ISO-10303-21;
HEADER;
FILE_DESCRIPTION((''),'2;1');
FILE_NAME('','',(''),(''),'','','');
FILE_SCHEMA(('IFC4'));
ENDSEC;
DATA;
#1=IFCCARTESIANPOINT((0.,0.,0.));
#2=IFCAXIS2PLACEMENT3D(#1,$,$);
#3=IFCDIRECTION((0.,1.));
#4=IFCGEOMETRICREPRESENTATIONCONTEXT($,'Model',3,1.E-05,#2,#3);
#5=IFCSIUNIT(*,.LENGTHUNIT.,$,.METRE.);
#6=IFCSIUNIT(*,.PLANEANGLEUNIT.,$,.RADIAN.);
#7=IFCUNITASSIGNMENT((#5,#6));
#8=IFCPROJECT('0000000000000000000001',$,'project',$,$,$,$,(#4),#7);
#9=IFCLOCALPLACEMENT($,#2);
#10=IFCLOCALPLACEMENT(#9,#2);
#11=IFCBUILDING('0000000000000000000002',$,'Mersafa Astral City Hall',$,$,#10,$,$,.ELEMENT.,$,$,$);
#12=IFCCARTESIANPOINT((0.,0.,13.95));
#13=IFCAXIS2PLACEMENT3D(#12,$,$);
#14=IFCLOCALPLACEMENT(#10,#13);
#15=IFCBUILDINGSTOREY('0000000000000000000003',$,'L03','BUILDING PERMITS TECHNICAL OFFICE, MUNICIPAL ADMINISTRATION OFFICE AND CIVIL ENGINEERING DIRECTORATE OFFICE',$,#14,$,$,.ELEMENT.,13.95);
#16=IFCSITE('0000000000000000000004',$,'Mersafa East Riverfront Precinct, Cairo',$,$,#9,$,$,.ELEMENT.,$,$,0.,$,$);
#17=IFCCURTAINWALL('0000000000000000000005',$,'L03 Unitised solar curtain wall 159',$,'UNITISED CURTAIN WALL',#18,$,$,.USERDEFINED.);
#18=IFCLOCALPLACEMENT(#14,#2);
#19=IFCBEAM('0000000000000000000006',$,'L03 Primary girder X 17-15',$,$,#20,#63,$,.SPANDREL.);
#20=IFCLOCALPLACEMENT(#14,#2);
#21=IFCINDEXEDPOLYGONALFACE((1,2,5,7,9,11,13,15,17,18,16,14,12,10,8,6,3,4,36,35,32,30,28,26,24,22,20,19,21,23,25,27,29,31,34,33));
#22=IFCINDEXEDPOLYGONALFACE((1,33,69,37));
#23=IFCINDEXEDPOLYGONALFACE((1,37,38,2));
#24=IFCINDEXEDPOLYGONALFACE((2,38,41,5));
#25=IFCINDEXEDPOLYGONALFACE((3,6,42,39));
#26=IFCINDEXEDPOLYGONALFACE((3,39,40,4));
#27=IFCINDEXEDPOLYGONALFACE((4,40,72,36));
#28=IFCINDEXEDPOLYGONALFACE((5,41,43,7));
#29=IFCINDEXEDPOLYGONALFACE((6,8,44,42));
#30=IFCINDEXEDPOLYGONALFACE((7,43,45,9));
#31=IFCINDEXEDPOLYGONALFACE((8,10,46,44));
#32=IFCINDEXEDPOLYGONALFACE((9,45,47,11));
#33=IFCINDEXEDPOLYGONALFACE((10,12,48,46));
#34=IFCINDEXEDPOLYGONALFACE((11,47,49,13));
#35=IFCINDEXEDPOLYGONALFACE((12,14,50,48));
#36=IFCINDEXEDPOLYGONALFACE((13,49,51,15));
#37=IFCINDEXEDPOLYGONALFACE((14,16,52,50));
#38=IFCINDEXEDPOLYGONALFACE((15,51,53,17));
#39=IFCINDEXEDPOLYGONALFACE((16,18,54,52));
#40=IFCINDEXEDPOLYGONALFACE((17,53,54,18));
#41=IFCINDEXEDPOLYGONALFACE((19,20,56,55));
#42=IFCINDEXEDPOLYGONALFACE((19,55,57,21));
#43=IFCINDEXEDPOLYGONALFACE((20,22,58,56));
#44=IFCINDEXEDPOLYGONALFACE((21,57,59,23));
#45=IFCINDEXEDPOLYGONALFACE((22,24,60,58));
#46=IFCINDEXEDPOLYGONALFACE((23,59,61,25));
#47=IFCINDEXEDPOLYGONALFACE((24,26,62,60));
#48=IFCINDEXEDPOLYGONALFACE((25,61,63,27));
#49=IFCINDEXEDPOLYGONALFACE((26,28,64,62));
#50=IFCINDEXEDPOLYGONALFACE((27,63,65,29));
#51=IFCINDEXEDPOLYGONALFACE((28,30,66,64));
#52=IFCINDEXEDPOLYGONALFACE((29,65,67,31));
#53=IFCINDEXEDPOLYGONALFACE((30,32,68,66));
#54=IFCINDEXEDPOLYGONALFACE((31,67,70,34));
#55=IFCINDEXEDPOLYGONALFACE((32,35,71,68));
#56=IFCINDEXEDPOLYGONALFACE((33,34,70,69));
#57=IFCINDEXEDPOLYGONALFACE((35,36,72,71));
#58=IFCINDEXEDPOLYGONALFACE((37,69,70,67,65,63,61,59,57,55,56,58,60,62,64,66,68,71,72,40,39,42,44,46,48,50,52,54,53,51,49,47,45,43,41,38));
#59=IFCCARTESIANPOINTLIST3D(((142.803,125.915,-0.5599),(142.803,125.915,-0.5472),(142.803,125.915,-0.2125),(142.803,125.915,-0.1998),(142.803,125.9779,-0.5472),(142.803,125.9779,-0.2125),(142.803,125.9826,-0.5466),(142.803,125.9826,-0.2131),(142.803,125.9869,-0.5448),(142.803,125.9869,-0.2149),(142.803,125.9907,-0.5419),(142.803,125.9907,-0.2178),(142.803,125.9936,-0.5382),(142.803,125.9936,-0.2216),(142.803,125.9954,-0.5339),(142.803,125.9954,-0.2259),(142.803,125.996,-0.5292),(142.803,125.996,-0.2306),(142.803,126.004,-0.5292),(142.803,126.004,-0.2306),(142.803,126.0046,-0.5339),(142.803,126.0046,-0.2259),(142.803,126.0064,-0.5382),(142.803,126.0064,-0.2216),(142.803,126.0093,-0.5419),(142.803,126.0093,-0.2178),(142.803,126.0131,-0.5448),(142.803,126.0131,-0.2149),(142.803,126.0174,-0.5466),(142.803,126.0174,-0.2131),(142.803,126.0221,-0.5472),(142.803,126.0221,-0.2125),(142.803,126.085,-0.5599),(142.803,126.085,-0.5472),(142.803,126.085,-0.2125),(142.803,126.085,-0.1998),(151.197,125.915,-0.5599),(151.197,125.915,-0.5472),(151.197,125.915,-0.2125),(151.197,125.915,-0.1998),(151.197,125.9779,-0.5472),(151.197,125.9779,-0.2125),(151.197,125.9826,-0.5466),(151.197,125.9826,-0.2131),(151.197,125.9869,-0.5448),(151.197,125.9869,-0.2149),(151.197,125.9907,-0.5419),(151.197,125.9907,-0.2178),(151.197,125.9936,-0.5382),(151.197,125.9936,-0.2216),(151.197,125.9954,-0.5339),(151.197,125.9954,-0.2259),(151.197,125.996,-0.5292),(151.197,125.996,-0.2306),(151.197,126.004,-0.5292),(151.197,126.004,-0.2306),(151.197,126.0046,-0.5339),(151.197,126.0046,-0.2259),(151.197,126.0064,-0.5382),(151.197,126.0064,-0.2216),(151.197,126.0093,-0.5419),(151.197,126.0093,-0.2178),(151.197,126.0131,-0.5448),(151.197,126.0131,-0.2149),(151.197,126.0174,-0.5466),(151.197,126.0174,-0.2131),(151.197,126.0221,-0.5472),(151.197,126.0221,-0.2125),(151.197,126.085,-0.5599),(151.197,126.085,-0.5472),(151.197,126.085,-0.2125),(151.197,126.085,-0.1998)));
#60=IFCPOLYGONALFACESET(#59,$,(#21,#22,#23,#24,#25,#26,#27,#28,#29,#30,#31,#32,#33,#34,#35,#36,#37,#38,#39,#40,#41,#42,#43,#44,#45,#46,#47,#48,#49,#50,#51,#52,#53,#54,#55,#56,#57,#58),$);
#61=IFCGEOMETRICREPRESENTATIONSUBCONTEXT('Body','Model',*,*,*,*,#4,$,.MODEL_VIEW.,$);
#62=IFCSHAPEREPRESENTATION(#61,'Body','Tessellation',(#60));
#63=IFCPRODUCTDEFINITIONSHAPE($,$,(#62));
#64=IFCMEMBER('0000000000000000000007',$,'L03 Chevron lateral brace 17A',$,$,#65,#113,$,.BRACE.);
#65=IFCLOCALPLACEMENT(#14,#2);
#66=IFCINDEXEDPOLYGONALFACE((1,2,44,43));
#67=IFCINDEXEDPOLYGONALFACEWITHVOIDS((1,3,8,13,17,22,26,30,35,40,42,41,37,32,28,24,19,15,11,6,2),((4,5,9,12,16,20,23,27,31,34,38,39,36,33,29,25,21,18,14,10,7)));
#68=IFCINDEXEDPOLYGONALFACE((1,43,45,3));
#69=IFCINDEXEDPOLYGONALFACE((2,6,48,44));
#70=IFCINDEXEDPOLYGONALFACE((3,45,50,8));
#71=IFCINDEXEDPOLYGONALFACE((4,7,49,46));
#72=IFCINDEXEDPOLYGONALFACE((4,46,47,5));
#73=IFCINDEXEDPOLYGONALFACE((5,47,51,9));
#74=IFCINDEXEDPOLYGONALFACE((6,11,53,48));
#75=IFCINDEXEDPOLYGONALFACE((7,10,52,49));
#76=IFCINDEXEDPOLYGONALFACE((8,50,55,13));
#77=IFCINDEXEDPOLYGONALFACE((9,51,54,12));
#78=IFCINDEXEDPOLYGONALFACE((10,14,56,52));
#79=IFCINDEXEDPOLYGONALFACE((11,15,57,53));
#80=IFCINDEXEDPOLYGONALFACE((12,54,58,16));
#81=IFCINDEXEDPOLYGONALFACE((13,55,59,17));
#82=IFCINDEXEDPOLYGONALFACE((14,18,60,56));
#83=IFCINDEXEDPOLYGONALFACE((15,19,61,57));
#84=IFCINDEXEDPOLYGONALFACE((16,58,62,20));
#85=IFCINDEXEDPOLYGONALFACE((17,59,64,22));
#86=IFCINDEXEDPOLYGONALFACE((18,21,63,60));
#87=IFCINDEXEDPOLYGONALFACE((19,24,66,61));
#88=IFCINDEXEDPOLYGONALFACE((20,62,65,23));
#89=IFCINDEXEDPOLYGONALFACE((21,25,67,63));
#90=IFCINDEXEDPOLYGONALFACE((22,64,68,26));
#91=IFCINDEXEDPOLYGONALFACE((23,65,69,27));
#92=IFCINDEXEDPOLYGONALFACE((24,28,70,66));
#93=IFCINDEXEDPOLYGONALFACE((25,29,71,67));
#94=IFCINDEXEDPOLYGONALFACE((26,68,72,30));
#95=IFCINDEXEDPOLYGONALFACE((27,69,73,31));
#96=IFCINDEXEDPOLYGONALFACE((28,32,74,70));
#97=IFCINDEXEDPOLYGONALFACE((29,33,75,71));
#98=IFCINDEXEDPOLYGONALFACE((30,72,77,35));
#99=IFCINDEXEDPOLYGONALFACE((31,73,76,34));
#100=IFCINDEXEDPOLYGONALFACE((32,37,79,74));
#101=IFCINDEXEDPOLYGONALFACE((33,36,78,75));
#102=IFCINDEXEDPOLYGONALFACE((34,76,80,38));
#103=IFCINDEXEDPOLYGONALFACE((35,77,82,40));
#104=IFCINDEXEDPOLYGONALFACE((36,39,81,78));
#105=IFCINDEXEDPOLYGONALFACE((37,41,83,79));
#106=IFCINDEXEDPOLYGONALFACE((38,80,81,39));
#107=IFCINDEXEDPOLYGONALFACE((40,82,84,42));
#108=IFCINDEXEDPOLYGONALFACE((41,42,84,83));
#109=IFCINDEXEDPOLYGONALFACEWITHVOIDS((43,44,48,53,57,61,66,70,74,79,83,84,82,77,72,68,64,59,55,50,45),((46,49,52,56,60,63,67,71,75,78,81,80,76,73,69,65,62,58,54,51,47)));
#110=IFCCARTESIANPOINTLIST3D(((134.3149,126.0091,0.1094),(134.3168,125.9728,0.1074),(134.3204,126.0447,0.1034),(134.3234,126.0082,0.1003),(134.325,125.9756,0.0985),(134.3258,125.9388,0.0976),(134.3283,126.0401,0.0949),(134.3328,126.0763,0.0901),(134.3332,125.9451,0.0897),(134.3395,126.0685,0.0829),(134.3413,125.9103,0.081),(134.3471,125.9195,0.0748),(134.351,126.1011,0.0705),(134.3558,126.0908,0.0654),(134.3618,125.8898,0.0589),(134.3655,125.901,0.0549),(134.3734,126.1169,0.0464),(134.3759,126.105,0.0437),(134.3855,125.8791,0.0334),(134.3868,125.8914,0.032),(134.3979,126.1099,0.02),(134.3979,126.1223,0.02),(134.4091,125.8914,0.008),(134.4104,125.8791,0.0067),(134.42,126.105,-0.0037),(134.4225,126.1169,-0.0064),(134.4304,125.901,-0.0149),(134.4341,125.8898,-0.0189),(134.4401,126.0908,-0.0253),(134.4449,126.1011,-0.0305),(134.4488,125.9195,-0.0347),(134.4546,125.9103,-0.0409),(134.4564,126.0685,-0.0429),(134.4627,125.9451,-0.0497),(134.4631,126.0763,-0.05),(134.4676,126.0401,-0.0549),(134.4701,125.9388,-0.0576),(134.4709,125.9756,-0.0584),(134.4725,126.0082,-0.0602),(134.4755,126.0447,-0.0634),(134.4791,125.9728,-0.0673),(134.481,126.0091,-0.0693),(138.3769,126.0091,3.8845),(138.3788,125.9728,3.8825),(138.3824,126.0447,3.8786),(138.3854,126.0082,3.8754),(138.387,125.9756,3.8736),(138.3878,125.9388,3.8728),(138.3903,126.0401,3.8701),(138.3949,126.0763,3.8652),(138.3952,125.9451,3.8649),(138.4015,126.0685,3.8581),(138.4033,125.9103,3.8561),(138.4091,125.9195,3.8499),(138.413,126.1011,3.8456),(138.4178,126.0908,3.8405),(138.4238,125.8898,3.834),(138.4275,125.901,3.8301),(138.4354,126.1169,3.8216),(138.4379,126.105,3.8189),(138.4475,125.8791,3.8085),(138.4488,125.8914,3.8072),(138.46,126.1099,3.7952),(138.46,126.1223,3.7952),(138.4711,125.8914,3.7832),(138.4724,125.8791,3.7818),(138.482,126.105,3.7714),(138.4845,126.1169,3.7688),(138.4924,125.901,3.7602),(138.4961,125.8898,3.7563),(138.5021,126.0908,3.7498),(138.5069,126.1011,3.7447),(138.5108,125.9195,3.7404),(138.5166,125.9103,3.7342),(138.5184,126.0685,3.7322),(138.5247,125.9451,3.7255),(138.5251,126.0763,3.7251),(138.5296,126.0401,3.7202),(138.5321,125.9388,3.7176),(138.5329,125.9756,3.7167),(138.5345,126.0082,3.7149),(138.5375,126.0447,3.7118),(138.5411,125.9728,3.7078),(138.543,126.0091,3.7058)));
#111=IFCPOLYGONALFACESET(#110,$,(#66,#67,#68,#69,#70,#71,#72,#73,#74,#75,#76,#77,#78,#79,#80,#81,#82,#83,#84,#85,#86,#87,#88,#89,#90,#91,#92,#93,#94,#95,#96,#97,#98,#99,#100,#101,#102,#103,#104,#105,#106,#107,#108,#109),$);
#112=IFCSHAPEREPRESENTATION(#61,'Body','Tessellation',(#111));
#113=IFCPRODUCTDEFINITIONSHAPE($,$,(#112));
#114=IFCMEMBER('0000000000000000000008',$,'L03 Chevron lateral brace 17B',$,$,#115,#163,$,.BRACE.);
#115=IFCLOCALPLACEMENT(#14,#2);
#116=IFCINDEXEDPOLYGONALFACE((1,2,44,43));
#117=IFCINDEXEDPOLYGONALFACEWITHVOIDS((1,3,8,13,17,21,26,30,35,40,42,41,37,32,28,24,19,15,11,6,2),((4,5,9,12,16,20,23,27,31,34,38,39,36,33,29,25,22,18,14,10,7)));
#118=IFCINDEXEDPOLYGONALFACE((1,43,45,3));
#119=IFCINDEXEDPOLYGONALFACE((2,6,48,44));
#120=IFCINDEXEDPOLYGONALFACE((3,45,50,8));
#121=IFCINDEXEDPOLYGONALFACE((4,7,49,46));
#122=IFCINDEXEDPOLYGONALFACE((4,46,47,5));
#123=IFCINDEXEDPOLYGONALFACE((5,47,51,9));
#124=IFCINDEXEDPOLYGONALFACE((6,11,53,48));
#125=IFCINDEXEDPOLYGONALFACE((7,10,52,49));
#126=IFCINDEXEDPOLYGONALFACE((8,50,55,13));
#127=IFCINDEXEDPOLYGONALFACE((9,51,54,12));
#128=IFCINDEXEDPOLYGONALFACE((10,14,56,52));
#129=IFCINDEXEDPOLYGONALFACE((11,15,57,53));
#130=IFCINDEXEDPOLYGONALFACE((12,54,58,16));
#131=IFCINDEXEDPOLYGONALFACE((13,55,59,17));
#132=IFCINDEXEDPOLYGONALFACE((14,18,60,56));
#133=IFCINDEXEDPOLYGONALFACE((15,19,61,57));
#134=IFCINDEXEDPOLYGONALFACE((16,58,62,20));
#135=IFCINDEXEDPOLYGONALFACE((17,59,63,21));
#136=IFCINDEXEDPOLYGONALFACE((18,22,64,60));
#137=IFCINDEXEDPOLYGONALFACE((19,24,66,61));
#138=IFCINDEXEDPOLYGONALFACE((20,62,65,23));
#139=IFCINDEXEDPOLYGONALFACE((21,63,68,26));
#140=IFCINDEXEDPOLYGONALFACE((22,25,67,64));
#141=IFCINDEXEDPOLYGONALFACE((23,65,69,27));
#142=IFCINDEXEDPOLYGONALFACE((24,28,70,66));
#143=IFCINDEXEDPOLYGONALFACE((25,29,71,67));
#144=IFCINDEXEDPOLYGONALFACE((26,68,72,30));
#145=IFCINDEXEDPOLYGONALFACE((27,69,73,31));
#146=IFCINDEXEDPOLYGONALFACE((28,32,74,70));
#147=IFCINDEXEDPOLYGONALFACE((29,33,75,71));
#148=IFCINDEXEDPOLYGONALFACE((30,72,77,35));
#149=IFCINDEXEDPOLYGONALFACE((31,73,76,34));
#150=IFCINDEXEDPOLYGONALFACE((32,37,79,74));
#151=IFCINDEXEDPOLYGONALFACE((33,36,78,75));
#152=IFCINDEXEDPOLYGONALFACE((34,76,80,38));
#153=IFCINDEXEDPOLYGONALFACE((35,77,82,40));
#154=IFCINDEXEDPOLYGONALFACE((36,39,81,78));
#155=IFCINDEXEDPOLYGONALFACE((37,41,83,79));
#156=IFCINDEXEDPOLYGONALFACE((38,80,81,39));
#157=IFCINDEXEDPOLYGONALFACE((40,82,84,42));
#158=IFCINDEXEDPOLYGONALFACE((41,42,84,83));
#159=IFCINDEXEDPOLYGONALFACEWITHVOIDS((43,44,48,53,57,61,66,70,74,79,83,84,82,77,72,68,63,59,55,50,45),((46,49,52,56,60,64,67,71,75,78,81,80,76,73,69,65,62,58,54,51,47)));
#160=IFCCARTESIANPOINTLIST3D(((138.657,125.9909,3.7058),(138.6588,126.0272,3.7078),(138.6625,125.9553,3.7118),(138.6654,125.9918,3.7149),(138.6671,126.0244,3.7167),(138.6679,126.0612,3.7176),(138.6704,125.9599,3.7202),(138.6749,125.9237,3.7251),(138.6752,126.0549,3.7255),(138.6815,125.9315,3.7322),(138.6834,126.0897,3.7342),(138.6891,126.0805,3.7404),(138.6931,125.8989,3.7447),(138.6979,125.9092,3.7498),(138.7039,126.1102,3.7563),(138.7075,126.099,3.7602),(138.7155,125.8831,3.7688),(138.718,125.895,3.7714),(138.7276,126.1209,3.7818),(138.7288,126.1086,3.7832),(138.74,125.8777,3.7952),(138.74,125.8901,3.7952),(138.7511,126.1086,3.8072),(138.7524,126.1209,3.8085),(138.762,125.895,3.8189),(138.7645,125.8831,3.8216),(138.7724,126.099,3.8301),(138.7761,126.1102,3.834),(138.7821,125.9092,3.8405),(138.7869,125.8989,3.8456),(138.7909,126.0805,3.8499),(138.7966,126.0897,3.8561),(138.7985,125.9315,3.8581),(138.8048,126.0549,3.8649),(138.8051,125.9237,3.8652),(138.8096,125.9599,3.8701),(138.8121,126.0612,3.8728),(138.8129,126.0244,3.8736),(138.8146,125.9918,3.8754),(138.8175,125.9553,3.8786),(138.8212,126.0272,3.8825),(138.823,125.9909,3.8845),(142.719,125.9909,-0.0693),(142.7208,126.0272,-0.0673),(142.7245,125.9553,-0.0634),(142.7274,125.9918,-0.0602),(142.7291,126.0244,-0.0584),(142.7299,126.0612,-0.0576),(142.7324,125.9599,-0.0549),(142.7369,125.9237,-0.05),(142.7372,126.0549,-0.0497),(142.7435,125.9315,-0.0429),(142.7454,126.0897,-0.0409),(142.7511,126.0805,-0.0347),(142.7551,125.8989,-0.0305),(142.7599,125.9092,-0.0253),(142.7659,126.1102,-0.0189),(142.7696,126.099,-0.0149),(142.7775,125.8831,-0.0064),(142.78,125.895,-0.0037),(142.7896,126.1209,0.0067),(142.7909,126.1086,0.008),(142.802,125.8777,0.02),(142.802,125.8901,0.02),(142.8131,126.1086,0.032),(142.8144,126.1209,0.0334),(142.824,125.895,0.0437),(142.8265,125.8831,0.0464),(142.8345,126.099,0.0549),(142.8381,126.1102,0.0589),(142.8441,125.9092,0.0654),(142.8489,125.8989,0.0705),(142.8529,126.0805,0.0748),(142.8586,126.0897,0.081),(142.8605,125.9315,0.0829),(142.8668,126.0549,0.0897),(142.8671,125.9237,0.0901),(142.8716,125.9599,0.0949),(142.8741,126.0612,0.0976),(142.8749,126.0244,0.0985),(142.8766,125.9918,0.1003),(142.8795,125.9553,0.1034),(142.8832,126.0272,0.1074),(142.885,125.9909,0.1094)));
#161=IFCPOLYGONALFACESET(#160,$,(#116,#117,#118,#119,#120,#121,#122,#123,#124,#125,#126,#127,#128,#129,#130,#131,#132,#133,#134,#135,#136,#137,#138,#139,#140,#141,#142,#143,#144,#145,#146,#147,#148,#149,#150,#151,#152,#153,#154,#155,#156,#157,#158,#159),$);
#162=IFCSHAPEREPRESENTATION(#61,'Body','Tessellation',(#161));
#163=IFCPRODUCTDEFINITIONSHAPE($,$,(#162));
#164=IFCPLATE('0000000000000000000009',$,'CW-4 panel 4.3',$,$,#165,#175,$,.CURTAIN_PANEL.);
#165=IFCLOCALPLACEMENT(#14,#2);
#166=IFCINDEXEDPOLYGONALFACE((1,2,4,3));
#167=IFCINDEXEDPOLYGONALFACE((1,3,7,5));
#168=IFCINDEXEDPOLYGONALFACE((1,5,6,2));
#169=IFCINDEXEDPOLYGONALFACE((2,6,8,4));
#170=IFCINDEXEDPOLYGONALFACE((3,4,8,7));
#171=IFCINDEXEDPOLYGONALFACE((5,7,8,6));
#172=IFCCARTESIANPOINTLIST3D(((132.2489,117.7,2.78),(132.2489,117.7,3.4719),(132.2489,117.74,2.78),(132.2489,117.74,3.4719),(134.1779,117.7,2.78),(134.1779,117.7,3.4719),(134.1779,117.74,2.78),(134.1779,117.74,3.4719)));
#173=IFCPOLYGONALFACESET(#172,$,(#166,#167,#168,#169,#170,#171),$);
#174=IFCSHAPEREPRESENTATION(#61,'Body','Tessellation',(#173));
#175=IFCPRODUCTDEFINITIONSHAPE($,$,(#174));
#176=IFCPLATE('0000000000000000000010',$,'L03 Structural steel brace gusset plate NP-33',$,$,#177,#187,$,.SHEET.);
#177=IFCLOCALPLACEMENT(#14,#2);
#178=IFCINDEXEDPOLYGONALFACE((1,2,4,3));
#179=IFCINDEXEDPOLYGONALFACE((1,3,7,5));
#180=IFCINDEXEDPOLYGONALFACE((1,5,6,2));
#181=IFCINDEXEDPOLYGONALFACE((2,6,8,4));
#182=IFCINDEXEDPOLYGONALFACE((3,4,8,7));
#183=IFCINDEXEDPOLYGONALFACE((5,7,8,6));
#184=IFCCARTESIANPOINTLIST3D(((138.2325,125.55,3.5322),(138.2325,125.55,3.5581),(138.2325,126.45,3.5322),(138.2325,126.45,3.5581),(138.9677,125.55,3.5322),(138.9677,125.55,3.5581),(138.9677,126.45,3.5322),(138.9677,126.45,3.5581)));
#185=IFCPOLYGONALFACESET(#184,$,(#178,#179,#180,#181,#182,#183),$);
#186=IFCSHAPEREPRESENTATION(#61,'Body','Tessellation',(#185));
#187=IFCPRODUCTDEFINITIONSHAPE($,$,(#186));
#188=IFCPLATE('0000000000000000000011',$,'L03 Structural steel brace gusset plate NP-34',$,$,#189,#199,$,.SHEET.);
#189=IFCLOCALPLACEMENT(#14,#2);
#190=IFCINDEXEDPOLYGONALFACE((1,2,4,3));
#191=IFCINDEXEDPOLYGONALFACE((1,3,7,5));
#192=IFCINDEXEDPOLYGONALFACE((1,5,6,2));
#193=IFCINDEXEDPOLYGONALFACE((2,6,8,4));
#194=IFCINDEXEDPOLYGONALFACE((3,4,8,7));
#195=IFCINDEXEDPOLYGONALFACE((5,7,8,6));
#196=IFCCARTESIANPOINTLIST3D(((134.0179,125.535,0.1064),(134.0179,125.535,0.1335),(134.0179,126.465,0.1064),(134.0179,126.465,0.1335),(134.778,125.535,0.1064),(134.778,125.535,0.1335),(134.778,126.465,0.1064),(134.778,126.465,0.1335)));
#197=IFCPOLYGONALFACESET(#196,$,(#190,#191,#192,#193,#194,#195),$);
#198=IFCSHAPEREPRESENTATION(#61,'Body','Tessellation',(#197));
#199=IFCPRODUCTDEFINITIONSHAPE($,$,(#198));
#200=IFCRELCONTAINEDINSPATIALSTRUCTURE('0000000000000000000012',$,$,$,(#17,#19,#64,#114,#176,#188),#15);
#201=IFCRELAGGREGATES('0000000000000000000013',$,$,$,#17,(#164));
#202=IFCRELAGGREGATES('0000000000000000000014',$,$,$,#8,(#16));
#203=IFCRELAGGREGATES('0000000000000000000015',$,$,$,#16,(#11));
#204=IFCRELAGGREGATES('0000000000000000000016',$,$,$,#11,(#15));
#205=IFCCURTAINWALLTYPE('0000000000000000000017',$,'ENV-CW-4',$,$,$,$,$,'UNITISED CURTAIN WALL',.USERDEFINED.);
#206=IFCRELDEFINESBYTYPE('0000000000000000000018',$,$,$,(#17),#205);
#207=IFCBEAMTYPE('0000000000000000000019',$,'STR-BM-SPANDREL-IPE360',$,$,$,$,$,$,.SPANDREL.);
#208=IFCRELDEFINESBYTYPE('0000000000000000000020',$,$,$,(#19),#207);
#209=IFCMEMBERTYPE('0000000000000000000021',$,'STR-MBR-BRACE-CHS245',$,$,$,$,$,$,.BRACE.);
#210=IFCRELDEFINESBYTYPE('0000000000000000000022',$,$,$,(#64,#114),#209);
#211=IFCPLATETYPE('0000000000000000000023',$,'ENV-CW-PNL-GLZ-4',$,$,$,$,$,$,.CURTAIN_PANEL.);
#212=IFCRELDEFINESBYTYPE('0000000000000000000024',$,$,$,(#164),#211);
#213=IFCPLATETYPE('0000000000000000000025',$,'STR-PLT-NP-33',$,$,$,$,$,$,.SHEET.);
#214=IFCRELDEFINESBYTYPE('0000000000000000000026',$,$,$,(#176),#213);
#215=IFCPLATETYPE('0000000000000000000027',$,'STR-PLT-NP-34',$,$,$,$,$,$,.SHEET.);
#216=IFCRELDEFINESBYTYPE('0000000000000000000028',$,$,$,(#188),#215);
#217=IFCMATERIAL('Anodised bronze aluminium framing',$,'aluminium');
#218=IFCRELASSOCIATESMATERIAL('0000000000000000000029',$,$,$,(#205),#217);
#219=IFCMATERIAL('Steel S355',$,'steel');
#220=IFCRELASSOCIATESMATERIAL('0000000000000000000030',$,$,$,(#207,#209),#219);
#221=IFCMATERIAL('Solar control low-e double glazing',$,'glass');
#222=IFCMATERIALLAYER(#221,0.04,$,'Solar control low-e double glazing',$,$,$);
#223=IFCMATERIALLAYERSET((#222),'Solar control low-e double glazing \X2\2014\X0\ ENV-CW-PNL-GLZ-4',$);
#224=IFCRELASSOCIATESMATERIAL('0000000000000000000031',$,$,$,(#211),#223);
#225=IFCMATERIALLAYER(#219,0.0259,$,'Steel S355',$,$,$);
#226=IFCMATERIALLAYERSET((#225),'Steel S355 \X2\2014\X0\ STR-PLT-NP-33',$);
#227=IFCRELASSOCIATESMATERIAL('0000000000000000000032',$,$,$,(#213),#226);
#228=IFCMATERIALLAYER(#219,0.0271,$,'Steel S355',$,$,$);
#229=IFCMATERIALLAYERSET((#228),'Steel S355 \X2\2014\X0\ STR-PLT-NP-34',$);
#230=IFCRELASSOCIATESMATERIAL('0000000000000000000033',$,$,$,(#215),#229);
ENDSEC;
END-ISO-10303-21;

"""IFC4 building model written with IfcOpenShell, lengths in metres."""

from ifc_helpers import new_model, si_unit, direction, frame, origin, origin_2d, place, context, subcontext, project, spatial, rectangle, hollow_circle, i_section, extrude, material, layer, layer_set, material_profile, profile_set, type_object, element, aggregate, save


model = new_model("IFC4")

# Units and contexts
model_context = context("Model", 3, precision=1e-05, world=origin(), true_north=direction((0.0, 1.0)))
body_context = subcontext(model_context, "Body", "Model", "MODEL_VIEW")
ifc_project = project(units=[si_unit("LENGTHUNIT", "METRE"), si_unit("PLANEANGLEUNIT", "RADIAN")], contexts=[model_context])

# Site, building, storey
site_placement = place(None, origin())
site = spatial("IfcSite", under=ifc_project, at=site_placement, Name="Mersafa East Riverfront Precinct, Cairo", CompositionType="ELEMENT", RefElevation=0.0)
building_placement = place(site_placement, origin())
building = spatial("IfcBuilding", under=site, at=building_placement, Name="Mersafa Astral City Hall", CompositionType="ELEMENT")
storey_placement = place(building_placement, frame((0.0, 0.0, 13.95)))
storey = spatial("IfcBuildingStorey", under=building, at=storey_placement, Name="L03", Description="BUILDING PERMITS TECHNICAL OFFICE, MUNICIPAL ADMINISTRATION OFFICE AND CIVIL ENGINEERING DIRECTORATE OFFICE", CompositionType="ELEMENT", Elevation=13.95)

# Shared definitions
ifc_material_1 = material(Name="Steel S355", Category="steel")

# Curtain wall
ifc_material_2 = material(Name="Anodised bronze aluminium framing", Category="aluminium")
curtain_wall_type = type_object("IfcCurtainWallType", Name="ENV-CW-4", ElementType="UNITISED CURTAIN WALL", PredefinedType="USERDEFINED", material=ifc_material_2)
curtain_wall_placement = place(storey_placement, origin())
curtain_wall = element("IfcCurtainWall", 1, at=curtain_wall_placement, inside=storey, type_object=curtain_wall_type, Name="L03 Unitised solar curtain wall 159", ObjectType="UNITISED CURTAIN WALL", PredefinedType="USERDEFINED")

# Beam
ifc_material_profile_1 = material_profile(ifc_material_1, i_section(OverallWidth=0.1699, OverallDepth=0.3601, WebThickness=0.0081, FlangeThickness=0.0127, FilletRadius=0.0181, at=origin_2d()), Name="IPE 360")
ifc_profile_set_1 = profile_set([ifc_material_profile_1], Name="Steel S355")
beam_type_1 = type_object("IfcBeamType", Name="STR-BM-SPANDREL-IPE360", PredefinedType="SPANDREL", material=ifc_profile_set_1)
beam_1_placement = place(storey_placement, frame((142.803, 126.0, -0.3799), z_axis=(1.0, 0.0, 0.0), x_axis=(0.0, 1.0, 0.0)))
element("IfcBeam", 2, at=beam_1_placement, inside=storey, type_object=beam_type_1, Name="L03 Primary girder X 17-15", PredefinedType="SPANDREL", context=body_context, shape_type="SweptSolid", body=[
    extrude(i_section(OverallWidth=0.1699, OverallDepth=0.3601, WebThickness=0.0081, FlangeThickness=0.0127, FilletRadius=0.0181, at=origin_2d()), origin(), (0.0, 0.0, 1.0), 8.394),
])

# Members
ifc_material_profile_2 = material_profile(ifc_material_1, hollow_circle(Radius=0.1223, WallThickness=0.0125, at=origin_2d()), Name="CHS 244.5x12.5")
ifc_profile_set_2 = profile_set([ifc_material_profile_2], Name="Steel S355")
member_type_1 = type_object("IfcMemberType", Name="STR-MBR-BRACE-CHS245", PredefinedType="BRACE", material=ifc_profile_set_2)
for number, where, z_axis, x_axis, name in (
    (3, (134.3979, 126.0, 0.02), (0.732499, 0.0, 0.680769), (0.0, 1.0, 0.0), "L03 Chevron lateral brace 17A"),
    (4, (142.802, 126.0, 0.02), (-0.732499, 0.0, 0.680769), (0.0, -1.0, 0.0), "L03 Chevron lateral brace 17B"),
):
    element("IfcMember", number, at=place(storey_placement, frame(where, z_axis=z_axis, x_axis=x_axis)), inside=storey, type_object=member_type_1, Name=name, PredefinedType="BRACE", context=body_context, shape_type="SweptSolid", body=[
        extrude(hollow_circle(Radius=0.1223, WallThickness=0.0125, at=origin_2d()), origin(), (0.0, 0.0, 1.0), 5.5454),
    ])

# Plate
ifc_material_3 = material(Name="Solar control low-e double glazing", Category="glass")
ifc_layer_1 = layer(ifc_material_3, 0.04, Name="Solar control low-e double glazing")
ifc_layer_set_1 = layer_set([ifc_layer_1], Name="Solar control low-e double glazing — ENV-CW-PNL-GLZ-4")
plate_type_1 = type_object("IfcPlateType", Name="ENV-CW-PNL-GLZ-4", PredefinedType="CURTAIN_PANEL", material=ifc_layer_set_1)
plate_1_placement = place(storey_placement, frame((133.2134, 117.72, 2.78), z_axis=(0.0, 0.0, 1.0), x_axis=(1.0, 0.0, 0.0)))
plate_1 = element("IfcPlate", 5, at=plate_1_placement, type_object=plate_type_1, Name="CW-4 panel 4.3", PredefinedType="CURTAIN_PANEL", context=body_context, shape_type="SweptSolid", body=[
    extrude(rectangle(XDim=1.929, YDim=0.04, at=origin_2d()), origin(), (0.0, 0.0, 1.0), 0.6919),
])
aggregate(curtain_wall, [plate_1])

# Plates
ifc_layer_2 = layer(ifc_material_1, 0.0259, Name="Steel S355")
ifc_layer_set_2 = layer_set([ifc_layer_2], Name="Steel S355 — STR-PLT-NP-33")
plate_type_2 = type_object("IfcPlateType", Name="STR-PLT-NP-33", PredefinedType="SHEET", material=ifc_layer_set_2)
plate_2_placement = place(storey_placement, frame((138.6001, 126.0, 3.5322), z_axis=(0.0, 0.0, 1.0), x_axis=(1.0, 0.0, 0.0)))
element("IfcPlate", 6, at=plate_2_placement, inside=storey, type_object=plate_type_2, Name="L03 Structural steel brace gusset plate NP-33", PredefinedType="SHEET", context=body_context, shape_type="SweptSolid", body=[
    extrude(rectangle(XDim=0.7351, YDim=0.8999, at=origin_2d()), origin(), (0.0, 0.0, 1.0), 0.0259),
])
ifc_layer_3 = layer(ifc_material_1, 0.0271, Name="Steel S355")
ifc_layer_set_3 = layer_set([ifc_layer_3], Name="Steel S355 — STR-PLT-NP-34")
plate_type_3 = type_object("IfcPlateType", Name="STR-PLT-NP-34", PredefinedType="SHEET", material=ifc_layer_set_3)
plate_3_placement = place(storey_placement, frame((134.3979, 126.0, 0.1064), z_axis=(0.0, 0.0, 1.0), x_axis=(1.0, 0.0, 0.0)))
element("IfcPlate", 7, at=plate_3_placement, inside=storey, type_object=plate_type_3, Name="L03 Structural steel brace gusset plate NP-34", PredefinedType="SHEET", context=body_context, shape_type="SweptSolid", body=[
    extrude(rectangle(XDim=0.76, YDim=0.9299, at=origin_2d()), origin(), (0.0, 0.0, 1.0), 0.0271),
])

save(model, "model.ifc")
